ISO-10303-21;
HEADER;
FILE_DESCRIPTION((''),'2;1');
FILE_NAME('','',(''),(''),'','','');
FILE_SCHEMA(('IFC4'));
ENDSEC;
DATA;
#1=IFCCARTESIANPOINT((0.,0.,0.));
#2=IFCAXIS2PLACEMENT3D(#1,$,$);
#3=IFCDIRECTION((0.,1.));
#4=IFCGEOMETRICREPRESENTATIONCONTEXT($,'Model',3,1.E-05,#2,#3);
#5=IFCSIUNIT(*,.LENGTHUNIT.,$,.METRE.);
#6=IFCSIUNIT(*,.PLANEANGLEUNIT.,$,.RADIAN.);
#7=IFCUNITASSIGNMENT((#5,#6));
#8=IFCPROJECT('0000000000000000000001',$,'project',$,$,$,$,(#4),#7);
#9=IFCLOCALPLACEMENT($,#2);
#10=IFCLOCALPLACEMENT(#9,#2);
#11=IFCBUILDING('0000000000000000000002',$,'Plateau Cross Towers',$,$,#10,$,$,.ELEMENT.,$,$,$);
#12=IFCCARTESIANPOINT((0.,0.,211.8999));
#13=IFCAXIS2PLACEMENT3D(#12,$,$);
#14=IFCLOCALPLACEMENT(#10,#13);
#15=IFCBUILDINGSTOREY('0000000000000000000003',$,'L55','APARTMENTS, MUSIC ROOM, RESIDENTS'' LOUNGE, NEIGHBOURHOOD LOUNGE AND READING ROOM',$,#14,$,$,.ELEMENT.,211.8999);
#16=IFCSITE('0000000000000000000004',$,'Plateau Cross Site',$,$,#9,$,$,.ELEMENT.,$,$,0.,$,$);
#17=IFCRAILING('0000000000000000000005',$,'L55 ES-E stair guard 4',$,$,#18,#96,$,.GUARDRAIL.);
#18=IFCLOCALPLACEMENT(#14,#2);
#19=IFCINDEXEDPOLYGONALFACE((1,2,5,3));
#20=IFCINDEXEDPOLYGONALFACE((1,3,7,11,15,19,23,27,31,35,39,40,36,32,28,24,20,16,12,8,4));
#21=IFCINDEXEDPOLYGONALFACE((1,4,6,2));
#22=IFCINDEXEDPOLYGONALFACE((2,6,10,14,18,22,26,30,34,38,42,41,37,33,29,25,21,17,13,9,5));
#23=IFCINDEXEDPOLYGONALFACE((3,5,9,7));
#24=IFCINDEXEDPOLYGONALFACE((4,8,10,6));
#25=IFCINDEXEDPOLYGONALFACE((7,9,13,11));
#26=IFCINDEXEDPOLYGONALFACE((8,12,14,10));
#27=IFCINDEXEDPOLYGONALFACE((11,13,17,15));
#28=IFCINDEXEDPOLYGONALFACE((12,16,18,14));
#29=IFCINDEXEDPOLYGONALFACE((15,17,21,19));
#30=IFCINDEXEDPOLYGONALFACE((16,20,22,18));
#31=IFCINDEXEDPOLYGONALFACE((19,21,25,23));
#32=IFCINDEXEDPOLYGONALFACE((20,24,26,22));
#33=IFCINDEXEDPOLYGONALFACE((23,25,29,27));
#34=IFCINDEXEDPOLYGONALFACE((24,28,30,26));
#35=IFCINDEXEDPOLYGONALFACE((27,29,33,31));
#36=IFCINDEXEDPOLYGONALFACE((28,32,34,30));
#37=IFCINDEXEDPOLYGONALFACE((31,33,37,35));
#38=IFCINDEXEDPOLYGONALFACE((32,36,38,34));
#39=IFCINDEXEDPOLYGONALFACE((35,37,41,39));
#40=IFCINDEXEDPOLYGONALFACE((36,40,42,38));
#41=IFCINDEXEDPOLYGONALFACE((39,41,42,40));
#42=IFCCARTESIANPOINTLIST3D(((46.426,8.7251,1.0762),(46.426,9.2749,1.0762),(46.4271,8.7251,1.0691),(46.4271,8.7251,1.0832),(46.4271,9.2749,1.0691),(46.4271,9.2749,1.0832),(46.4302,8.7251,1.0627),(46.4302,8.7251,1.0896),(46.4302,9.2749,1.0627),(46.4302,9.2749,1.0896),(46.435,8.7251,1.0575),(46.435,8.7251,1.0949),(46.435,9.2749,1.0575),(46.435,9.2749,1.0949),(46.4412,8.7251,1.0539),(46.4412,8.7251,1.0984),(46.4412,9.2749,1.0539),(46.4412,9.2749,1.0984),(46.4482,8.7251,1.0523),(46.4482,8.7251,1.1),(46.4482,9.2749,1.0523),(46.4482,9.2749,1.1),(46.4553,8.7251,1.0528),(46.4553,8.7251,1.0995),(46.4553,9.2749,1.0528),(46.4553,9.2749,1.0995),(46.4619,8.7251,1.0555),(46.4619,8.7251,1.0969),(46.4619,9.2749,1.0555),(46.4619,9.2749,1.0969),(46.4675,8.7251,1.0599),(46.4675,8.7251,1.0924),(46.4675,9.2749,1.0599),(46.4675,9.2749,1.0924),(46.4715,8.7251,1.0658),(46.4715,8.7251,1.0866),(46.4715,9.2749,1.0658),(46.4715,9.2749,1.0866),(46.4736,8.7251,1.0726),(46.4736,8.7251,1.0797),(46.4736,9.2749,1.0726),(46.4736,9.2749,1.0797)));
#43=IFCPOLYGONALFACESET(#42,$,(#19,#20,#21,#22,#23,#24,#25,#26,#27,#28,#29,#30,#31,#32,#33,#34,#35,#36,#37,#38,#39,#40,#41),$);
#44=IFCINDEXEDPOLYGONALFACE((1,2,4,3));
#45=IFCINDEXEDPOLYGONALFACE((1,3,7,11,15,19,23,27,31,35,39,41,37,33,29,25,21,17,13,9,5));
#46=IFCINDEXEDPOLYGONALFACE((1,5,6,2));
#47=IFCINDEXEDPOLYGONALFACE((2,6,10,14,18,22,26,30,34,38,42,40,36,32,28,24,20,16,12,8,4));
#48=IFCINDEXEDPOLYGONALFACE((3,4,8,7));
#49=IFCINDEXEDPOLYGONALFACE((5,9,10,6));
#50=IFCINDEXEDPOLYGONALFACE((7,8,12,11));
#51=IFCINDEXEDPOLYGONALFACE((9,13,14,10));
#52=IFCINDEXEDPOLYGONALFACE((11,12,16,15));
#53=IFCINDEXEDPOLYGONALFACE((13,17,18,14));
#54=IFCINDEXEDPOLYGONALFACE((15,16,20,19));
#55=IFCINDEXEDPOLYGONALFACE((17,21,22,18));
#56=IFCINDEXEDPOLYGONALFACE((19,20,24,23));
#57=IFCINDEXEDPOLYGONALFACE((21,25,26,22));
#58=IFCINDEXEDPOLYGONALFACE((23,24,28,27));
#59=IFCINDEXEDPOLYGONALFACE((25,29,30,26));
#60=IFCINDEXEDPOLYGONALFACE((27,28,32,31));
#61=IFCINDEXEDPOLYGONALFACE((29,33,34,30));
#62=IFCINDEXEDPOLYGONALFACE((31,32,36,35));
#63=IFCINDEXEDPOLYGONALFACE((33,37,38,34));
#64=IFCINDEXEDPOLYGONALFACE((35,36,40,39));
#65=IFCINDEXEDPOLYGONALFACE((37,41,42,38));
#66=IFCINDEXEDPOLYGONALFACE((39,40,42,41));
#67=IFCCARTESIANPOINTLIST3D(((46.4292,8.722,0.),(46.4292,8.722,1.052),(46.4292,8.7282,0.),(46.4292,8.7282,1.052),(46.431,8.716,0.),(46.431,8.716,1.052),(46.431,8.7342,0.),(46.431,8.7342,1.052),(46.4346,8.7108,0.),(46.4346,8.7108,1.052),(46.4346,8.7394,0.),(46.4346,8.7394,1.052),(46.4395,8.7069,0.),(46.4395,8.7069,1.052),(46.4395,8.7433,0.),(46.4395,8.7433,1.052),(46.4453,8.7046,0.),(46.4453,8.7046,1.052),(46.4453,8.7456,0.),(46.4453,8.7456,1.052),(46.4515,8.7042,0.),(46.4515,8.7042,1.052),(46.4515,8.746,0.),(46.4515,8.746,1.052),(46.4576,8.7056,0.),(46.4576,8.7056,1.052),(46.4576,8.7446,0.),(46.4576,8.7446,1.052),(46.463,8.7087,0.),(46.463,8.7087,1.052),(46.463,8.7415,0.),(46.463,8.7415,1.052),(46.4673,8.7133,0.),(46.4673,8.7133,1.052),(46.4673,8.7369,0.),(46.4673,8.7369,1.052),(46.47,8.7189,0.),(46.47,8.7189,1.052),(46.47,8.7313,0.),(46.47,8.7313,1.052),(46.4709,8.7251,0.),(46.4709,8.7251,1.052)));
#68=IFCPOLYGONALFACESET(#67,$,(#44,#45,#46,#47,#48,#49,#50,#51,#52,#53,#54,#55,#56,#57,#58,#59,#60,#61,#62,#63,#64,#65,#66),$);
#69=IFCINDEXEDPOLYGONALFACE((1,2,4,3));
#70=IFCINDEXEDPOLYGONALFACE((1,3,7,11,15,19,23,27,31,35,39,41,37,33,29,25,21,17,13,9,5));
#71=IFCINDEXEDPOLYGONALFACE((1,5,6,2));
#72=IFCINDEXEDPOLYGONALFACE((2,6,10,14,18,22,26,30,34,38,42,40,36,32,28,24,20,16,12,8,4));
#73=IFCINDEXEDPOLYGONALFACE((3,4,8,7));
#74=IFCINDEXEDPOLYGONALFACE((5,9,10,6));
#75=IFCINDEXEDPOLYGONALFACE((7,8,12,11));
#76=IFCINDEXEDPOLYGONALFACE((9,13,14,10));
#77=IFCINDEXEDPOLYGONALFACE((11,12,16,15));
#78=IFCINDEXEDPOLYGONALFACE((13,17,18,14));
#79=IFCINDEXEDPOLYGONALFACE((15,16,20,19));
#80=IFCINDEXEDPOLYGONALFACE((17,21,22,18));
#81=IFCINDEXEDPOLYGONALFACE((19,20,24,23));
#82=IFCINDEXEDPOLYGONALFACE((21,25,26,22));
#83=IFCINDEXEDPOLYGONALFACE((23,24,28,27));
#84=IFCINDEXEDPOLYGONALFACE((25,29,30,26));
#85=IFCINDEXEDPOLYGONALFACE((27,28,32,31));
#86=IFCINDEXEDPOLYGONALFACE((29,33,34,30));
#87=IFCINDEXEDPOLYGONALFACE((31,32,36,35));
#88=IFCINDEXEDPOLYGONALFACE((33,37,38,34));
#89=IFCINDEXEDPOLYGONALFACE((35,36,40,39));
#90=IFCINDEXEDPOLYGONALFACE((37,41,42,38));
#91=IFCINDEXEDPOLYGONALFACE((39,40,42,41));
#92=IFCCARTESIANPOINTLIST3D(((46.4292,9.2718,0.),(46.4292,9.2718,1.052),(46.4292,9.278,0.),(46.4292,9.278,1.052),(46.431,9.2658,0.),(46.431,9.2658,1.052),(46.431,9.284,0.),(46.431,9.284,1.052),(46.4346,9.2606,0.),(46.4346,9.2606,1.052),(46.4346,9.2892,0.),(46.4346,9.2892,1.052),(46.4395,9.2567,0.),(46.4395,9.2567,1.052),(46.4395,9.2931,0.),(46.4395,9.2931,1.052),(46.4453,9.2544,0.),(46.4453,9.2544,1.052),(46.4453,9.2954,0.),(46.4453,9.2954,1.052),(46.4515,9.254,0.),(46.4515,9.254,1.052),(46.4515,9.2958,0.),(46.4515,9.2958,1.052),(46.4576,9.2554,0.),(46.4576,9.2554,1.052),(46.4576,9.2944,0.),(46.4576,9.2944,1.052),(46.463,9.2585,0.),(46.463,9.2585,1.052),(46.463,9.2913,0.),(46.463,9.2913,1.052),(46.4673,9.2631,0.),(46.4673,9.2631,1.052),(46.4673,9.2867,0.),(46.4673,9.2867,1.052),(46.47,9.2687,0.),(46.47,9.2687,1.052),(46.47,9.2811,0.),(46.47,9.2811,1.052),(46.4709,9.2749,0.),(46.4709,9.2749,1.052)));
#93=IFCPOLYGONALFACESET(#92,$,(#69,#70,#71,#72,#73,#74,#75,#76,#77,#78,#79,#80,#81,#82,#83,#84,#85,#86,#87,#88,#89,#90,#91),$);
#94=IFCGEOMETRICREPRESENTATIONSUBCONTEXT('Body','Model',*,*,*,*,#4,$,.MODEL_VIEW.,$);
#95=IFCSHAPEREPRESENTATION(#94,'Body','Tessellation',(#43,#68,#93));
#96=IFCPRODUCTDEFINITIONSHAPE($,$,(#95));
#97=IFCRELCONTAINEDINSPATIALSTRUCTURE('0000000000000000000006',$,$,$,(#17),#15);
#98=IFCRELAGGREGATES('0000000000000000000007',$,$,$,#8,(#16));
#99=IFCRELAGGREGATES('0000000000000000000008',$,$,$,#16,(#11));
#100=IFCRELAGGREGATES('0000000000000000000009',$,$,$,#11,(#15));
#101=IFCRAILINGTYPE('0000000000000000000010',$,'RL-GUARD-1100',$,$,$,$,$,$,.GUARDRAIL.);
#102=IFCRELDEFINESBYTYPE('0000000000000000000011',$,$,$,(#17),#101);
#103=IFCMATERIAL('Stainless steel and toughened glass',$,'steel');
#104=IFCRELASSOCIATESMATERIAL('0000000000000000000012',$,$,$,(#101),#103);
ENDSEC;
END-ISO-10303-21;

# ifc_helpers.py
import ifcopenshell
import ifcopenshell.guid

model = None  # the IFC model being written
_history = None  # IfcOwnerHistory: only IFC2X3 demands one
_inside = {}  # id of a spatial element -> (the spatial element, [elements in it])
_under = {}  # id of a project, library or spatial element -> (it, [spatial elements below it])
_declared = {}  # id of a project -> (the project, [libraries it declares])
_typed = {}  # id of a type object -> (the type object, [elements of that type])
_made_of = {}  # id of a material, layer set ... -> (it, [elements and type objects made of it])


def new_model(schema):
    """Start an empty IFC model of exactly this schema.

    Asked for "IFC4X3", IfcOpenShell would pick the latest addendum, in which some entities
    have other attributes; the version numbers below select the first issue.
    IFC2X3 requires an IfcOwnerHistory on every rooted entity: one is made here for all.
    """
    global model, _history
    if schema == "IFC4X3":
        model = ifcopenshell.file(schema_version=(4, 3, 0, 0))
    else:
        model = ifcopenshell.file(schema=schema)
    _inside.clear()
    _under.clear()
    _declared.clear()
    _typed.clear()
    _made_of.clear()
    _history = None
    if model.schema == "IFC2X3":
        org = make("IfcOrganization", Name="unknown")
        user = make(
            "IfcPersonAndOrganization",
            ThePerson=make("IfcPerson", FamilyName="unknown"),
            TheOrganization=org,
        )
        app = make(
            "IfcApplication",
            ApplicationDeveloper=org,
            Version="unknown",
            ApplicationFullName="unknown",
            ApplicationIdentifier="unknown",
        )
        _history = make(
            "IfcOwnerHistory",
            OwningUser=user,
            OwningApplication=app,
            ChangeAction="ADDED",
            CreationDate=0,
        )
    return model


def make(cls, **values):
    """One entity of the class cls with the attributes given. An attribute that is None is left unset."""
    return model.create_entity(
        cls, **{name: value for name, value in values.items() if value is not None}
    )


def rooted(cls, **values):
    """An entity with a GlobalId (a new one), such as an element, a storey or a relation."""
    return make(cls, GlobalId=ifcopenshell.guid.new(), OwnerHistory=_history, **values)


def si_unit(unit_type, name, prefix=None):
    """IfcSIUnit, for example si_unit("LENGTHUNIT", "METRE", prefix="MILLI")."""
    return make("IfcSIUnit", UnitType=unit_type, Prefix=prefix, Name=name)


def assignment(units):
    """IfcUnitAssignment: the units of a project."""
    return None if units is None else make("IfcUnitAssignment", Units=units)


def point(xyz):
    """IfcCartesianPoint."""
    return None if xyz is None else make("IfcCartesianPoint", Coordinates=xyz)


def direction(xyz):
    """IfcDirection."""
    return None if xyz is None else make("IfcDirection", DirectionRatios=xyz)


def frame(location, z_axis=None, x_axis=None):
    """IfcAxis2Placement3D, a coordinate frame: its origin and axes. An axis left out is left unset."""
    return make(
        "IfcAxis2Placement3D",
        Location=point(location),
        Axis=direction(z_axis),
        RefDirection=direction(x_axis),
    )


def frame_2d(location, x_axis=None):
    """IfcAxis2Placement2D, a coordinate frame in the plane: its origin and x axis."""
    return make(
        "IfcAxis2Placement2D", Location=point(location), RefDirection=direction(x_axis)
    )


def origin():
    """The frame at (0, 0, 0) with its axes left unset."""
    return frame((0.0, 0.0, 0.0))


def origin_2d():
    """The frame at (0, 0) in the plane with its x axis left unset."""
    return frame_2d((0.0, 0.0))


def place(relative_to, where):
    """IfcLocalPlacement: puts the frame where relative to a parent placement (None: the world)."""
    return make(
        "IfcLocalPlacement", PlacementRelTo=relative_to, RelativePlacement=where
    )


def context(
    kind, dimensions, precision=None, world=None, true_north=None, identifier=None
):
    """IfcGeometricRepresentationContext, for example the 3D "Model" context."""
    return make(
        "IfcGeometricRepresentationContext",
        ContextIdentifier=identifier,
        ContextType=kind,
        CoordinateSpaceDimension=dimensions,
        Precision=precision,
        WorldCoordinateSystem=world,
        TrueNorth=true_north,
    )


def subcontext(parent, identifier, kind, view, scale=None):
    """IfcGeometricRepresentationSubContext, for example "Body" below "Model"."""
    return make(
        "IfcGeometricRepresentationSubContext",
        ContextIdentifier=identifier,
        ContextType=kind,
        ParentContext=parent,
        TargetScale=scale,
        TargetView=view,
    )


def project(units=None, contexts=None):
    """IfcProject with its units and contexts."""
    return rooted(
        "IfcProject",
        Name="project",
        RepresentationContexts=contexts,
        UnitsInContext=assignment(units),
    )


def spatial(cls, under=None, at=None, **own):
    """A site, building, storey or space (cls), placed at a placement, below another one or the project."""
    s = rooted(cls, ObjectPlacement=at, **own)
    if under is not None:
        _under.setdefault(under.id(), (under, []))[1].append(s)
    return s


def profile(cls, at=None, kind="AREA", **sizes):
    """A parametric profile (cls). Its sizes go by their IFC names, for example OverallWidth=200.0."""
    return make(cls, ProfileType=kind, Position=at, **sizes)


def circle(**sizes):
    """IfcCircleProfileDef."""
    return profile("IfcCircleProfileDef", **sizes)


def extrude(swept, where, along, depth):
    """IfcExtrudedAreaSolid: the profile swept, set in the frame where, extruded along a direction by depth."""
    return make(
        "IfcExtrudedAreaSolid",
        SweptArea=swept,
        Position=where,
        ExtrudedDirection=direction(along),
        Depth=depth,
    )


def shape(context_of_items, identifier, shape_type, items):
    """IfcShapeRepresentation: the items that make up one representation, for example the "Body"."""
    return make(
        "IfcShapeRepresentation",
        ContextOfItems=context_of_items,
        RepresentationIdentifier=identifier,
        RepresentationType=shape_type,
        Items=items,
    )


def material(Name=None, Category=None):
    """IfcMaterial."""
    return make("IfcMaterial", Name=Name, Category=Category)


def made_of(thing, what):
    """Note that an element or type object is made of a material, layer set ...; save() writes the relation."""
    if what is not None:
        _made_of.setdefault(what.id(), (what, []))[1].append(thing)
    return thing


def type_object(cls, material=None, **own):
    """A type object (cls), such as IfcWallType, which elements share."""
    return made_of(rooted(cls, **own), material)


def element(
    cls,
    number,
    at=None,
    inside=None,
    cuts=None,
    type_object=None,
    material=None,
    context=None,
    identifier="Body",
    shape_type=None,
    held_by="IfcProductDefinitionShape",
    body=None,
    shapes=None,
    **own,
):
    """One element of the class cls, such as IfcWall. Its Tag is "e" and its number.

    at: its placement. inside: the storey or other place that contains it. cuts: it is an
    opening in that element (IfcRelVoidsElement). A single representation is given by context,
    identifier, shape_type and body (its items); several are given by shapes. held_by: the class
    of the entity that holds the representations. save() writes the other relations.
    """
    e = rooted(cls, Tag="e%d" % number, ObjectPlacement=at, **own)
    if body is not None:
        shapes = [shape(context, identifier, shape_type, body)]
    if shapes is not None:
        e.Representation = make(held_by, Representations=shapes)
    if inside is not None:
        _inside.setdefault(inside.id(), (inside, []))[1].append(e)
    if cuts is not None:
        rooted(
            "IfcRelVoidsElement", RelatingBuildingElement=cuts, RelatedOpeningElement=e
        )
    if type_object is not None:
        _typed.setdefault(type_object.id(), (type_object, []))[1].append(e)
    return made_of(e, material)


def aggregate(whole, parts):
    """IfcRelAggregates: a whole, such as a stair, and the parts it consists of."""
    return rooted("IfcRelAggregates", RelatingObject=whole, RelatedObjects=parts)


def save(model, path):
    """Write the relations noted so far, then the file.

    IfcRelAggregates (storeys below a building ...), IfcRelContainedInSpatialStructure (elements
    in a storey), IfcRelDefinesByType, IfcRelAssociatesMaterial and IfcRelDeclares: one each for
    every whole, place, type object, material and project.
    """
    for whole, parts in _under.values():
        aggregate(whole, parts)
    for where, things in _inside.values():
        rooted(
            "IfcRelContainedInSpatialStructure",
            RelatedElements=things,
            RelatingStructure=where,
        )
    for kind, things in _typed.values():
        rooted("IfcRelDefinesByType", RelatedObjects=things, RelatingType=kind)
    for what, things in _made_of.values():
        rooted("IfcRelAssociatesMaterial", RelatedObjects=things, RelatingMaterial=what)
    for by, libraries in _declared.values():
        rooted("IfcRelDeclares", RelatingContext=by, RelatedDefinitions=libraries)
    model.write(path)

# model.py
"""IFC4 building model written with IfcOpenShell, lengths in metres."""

from ifc_helpers import new_model, si_unit, direction, frame, origin, origin_2d, place, context, subcontext, project, spatial, circle, extrude, material, type_object, element, save


model = new_model("IFC4")

# Units and contexts
model_context = context("Model", 3, precision=1e-05, world=origin(), true_north=direction((0.0, 1.0)))
body_context = subcontext(model_context, "Body", "Model", "MODEL_VIEW")
ifc_project = project(units=[si_unit("LENGTHUNIT", "METRE"), si_unit("PLANEANGLEUNIT", "RADIAN")], contexts=[model_context])

# Site, building, storey
site_placement = place(None, origin())
site = spatial("IfcSite", under=ifc_project, at=site_placement, Name="Plateau Cross Site", CompositionType="ELEMENT", RefElevation=0.0)
building_placement = place(site_placement, origin())
building = spatial("IfcBuilding", under=site, at=building_placement, Name="Plateau Cross Towers", CompositionType="ELEMENT")
storey_placement = place(building_placement, frame((0.0, 0.0, 211.8999)))
storey = spatial("IfcBuildingStorey", under=building, at=storey_placement, Name="L55", Description="APARTMENTS, MUSIC ROOM, RESIDENTS' LOUNGE, NEIGHBOURHOOD LOUNGE AND READING ROOM", CompositionType="ELEMENT", Elevation=211.8999)

# Railing
ifc_material_1 = material(Name="Stainless steel and toughened glass", Category="steel")
railing_type_1 = type_object("IfcRailingType", Name="RL-GUARD-1100", PredefinedType="GUARDRAIL", material=ifc_material_1)
railing_1_placement = place(storey_placement, frame((46.45, 8.7251, 0.0)))
element("IfcRailing", 1, at=railing_1_placement, inside=storey, type_object=railing_type_1, Name="L55 ES-E stair guard 4", PredefinedType="GUARDRAIL", context=body_context, shape_type="SweptSolid", body=[
    extrude(circle(Radius=0.0239, at=origin_2d()), frame((0.0, 0.0, 1.0762), z_axis=(0.0, 1.0, 0.0), x_axis=(-1.0, 0.0, 0.0)), (0.0, 0.0, 1.0), 0.5498),
    extrude(circle(Radius=0.021, at=origin_2d()), origin(), (0.0, 0.0, 1.0), 1.052),
    extrude(circle(Radius=0.021, at=origin_2d()), frame((0.0, 0.5498, 0.0)), (0.0, 0.0, 1.0), 1.052),
])

save(model, "model.ifc")
